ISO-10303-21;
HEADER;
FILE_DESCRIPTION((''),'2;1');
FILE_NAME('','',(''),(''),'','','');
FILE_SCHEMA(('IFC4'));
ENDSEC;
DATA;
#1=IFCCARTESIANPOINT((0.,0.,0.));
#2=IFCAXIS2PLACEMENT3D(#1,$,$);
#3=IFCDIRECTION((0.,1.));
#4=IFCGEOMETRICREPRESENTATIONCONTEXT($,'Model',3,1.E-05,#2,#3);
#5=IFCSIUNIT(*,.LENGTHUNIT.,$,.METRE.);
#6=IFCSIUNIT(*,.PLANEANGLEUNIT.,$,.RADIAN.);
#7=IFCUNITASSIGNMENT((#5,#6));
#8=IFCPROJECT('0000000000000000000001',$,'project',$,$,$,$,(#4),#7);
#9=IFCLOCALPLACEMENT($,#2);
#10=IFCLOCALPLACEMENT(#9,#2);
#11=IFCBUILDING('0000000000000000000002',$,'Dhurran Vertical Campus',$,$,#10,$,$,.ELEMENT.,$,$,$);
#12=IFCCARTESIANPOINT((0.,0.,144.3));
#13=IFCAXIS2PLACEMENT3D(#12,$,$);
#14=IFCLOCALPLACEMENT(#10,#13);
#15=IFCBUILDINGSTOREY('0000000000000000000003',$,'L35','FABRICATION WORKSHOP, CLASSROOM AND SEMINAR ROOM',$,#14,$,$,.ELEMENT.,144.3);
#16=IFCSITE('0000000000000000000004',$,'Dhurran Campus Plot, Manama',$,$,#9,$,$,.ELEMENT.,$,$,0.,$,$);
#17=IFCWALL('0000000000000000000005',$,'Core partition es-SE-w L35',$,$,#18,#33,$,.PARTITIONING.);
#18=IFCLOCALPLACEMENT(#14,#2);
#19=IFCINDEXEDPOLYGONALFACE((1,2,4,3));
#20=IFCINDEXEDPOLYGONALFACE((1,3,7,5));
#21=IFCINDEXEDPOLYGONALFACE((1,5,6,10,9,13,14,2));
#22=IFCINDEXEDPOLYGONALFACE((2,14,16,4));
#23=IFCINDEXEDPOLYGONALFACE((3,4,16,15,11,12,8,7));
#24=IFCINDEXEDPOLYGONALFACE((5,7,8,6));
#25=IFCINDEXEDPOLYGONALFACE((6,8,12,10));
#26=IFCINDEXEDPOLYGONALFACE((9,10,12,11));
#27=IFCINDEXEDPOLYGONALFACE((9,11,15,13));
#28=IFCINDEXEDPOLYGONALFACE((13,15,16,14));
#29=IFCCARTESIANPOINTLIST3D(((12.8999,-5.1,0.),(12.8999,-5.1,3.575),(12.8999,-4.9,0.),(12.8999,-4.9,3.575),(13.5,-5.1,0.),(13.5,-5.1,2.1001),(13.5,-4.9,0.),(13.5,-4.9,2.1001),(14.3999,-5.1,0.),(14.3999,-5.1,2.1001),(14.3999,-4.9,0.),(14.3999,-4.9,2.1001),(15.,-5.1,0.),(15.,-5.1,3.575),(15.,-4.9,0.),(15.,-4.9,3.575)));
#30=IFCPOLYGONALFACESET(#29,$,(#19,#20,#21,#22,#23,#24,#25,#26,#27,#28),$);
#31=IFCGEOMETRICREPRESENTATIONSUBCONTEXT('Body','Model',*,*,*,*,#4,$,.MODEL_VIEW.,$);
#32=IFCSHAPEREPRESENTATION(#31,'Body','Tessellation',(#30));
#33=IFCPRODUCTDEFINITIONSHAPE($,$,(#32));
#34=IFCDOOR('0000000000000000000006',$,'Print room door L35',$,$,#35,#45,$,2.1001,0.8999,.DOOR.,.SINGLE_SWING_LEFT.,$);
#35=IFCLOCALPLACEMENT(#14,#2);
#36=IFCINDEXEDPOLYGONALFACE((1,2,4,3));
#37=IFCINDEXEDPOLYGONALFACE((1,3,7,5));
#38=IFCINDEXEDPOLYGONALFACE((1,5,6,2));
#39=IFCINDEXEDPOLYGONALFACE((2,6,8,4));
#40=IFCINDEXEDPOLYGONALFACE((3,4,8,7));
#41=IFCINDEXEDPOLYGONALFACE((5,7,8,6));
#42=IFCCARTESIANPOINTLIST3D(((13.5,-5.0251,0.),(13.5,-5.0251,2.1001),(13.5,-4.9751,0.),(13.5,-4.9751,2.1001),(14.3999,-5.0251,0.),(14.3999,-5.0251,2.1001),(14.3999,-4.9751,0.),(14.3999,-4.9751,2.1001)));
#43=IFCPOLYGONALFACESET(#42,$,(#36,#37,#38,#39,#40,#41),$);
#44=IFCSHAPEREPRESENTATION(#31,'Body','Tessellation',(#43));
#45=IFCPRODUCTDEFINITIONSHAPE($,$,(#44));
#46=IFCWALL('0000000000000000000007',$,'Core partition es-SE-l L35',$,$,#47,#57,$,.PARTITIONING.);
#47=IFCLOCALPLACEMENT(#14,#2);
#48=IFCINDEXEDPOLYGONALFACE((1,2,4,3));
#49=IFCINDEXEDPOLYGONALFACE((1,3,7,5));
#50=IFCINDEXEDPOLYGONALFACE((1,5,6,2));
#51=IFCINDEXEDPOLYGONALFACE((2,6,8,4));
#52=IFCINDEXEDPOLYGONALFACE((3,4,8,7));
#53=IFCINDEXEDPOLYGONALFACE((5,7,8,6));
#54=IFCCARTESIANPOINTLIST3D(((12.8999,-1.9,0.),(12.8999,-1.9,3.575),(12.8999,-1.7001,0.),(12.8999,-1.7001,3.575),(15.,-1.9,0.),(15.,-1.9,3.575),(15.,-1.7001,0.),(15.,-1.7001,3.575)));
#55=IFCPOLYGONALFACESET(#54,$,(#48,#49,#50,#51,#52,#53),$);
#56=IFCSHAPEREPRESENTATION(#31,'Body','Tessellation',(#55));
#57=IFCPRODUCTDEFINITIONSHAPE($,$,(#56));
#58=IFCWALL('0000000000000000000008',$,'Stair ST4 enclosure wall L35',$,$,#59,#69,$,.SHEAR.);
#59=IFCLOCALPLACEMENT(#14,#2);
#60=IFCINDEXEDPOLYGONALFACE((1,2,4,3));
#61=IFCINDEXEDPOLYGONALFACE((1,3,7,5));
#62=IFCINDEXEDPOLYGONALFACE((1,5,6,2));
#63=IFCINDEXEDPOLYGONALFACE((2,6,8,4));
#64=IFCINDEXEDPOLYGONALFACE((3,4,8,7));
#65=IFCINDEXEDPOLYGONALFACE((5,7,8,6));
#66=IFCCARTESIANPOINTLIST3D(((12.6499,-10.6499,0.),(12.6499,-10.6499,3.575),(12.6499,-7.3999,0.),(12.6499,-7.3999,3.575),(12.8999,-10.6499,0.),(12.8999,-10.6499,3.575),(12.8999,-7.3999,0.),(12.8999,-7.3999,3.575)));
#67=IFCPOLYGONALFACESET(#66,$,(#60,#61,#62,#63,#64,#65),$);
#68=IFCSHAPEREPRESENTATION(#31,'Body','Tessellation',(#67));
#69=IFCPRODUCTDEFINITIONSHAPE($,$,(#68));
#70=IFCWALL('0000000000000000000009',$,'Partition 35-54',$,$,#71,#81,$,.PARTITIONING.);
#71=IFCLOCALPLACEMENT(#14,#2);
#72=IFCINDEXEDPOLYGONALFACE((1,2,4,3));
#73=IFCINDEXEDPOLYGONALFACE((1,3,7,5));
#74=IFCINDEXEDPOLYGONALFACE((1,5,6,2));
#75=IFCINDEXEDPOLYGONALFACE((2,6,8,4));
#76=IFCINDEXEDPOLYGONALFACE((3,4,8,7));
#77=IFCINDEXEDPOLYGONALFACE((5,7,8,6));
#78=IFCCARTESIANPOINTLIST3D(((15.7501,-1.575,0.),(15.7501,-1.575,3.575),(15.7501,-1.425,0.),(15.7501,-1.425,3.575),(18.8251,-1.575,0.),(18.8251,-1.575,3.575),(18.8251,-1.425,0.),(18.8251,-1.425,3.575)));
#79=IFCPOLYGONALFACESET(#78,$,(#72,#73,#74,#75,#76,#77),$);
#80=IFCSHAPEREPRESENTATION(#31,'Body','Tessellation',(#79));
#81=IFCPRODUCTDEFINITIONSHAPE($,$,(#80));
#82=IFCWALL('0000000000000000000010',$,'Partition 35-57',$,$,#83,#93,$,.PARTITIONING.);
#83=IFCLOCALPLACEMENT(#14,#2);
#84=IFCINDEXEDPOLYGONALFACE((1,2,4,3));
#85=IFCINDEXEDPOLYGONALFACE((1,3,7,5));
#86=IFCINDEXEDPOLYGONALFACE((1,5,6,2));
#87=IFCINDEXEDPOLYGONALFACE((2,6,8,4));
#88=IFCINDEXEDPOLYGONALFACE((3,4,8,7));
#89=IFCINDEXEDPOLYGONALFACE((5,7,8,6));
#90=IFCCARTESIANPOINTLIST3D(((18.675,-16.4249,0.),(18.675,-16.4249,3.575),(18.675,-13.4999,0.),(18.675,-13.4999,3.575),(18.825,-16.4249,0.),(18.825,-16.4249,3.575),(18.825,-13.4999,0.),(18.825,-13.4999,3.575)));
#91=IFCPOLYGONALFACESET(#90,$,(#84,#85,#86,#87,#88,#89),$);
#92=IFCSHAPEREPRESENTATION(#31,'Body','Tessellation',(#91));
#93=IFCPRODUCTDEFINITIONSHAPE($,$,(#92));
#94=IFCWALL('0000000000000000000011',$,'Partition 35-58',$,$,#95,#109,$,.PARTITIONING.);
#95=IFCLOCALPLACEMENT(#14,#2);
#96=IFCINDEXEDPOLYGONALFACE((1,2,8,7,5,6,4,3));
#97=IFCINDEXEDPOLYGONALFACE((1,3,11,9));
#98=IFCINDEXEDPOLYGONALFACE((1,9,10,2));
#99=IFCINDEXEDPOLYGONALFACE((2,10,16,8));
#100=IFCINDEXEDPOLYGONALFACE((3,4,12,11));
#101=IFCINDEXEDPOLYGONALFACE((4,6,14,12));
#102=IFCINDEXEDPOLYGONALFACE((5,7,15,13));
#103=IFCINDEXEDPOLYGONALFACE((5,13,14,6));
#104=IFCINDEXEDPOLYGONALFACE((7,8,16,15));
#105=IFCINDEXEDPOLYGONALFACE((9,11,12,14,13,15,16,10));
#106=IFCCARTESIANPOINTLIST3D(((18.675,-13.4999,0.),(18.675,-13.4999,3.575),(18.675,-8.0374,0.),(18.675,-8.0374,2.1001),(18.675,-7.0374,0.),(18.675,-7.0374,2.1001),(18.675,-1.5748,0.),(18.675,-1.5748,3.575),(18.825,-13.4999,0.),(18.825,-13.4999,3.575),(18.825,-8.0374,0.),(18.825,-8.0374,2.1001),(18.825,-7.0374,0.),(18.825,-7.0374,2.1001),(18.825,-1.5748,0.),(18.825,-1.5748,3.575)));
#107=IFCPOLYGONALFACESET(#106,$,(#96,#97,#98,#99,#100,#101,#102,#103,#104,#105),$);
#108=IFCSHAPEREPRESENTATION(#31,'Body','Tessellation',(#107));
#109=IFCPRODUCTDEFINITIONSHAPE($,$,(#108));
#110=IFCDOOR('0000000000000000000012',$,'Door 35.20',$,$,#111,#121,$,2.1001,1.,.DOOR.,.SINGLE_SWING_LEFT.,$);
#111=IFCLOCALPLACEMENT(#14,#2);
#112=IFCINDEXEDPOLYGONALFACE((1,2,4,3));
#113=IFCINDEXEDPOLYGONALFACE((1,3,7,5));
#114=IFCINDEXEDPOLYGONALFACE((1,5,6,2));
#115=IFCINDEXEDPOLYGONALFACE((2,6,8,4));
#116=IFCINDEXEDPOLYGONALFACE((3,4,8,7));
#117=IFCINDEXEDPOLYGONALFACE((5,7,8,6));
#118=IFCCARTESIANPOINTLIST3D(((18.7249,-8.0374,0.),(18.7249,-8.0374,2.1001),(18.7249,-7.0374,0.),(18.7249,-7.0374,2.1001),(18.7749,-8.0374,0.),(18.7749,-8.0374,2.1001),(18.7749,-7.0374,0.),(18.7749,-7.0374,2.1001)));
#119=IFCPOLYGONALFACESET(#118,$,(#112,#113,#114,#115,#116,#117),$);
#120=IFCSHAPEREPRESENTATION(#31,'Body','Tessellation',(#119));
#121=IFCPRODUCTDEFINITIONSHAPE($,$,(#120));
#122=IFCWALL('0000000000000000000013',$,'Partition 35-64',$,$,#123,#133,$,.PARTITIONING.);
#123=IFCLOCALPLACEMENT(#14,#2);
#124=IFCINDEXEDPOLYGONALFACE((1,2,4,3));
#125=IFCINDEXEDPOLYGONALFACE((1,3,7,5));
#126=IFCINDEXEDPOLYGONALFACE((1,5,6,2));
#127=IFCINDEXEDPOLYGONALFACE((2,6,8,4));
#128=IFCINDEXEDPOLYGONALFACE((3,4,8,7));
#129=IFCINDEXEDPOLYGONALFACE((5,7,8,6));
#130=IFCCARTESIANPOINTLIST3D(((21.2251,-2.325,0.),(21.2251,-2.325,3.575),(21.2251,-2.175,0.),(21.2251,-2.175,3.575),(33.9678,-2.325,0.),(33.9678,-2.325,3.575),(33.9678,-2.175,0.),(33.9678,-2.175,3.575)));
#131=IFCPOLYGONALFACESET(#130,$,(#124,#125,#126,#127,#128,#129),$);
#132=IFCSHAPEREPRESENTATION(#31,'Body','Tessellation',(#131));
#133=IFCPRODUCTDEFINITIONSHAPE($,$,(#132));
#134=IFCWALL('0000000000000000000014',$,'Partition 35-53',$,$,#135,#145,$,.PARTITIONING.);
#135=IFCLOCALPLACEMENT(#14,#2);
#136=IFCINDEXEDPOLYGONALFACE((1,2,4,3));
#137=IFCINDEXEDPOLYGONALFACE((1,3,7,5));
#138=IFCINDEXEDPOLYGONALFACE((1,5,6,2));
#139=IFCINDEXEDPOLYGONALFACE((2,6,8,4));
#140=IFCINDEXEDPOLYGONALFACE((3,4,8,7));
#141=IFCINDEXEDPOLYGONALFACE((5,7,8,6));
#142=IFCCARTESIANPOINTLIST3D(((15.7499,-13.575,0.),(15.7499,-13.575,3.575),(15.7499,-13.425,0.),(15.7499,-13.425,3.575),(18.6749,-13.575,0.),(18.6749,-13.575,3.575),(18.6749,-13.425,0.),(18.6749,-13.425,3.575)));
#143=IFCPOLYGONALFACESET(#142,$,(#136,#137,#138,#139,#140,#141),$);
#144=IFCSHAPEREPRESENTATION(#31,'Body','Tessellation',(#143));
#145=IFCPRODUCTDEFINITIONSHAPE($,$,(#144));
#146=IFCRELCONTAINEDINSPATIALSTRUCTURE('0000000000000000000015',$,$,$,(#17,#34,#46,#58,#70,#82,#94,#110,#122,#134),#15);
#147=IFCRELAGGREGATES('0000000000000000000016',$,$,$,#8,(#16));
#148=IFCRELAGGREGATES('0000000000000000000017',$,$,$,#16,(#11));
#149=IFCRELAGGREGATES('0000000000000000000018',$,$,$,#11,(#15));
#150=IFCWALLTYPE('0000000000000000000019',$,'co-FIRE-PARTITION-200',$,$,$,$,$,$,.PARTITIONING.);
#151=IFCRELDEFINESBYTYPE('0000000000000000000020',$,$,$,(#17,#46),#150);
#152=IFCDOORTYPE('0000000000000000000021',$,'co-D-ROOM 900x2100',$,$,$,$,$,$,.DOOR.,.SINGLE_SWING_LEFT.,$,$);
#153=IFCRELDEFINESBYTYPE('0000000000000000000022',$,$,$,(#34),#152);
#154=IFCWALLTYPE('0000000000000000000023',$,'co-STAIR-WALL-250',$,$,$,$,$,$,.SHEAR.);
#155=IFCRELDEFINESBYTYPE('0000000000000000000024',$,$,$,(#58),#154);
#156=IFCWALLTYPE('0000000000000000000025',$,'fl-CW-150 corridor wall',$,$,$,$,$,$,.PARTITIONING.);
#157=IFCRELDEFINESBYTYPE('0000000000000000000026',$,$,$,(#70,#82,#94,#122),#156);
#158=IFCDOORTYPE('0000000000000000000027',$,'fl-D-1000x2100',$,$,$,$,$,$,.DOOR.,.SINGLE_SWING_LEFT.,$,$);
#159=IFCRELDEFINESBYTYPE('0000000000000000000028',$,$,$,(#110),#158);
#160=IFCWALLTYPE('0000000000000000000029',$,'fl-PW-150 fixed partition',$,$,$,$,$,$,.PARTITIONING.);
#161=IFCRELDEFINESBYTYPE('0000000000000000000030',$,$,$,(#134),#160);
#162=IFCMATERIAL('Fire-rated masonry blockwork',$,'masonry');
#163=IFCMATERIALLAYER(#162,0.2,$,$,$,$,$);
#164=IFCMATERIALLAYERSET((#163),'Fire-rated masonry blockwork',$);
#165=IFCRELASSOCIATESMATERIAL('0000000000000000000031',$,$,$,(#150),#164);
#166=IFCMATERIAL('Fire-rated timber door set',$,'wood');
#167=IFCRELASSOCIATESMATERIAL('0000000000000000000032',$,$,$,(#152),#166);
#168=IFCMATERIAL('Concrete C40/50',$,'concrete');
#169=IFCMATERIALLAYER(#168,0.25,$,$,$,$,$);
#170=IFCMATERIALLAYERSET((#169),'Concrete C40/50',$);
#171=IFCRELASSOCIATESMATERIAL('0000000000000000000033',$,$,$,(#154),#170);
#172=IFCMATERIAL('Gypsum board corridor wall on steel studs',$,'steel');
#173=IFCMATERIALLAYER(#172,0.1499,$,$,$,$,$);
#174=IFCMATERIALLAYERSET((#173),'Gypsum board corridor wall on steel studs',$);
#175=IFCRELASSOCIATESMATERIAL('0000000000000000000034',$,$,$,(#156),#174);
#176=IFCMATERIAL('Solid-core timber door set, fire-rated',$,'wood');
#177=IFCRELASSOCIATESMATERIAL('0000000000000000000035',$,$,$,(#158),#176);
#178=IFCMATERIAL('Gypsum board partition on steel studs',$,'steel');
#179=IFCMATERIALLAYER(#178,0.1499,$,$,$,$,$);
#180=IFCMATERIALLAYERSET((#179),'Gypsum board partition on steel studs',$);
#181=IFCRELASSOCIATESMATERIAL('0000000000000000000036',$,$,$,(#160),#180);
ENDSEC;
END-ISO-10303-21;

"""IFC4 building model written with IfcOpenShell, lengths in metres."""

from ifc_helpers import new_model, si_unit, direction, frame, frame_2d, origin, place, context, subcontext, project, spatial, rectangle, extrude, material, layer, layer_set, type_object, element, fill, save


model = new_model("IFC4")

# Units and contexts
model_context = context("Model", 3, precision=1e-05, world=origin(), true_north=direction((0.0, 1.0)))
body_context = subcontext(model_context, "Body", "Model", "MODEL_VIEW")
ifc_project = project(units=[si_unit("LENGTHUNIT", "METRE"), si_unit("PLANEANGLEUNIT", "RADIAN")], contexts=[model_context])

# Site, building, storey
site_placement = place(None, origin())
site = spatial("IfcSite", under=ifc_project, at=site_placement, Name="Dhurran Campus Plot, Manama", CompositionType="ELEMENT", RefElevation=0.0)
building_placement = place(site_placement, origin())
building = spatial("IfcBuilding", under=site, at=building_placement, Name="Dhurran Vertical Campus", CompositionType="ELEMENT")
storey_placement = place(building_placement, frame((0.0, 0.0, 144.3)))
storey = spatial("IfcBuildingStorey", under=building, at=storey_placement, Name="L35", Description="FABRICATION WORKSHOP, CLASSROOM AND SEMINAR ROOM", CompositionType="ELEMENT", Elevation=144.3)

# Shared definitions
ifc_material_1 = material(Name="Fire-rated masonry blockwork", Category="masonry")
ifc_layer_1 = layer(ifc_material_1, 0.2)
ifc_layer_set_1 = layer_set([ifc_layer_1], Name="Fire-rated masonry blockwork")
wall_type_1 = type_object("IfcWallType", Name="co-FIRE-PARTITION-200", PredefinedType="PARTITIONING", material=ifc_layer_set_1)

# Wall, opening, door
ifc_material_2 = material(Name="Fire-rated timber door set", Category="wood")
door_type_1 = type_object("IfcDoorType", Name="co-D-ROOM 900x2100", OperationType="SINGLE_SWING_LEFT", PredefinedType="DOOR", material=ifc_material_2)
wall_1_placement = place(storey_placement, frame((12.8999, -5.0, 0.0), z_axis=(0.0, 0.0, 1.0), x_axis=(1.0, 0.0, 0.0)))
wall_1 = element("IfcWall", 1, at=wall_1_placement, inside=storey, type_object=wall_type_1, Name="Core partition es-SE-w L35", PredefinedType="PARTITIONING", context=body_context, shape_type="SweptSolid", body=[
    extrude(rectangle(XDim=2.1001, YDim=0.2, at=frame_2d((1.05, 0.0))), origin(), (0.0, 0.0, 1.0), 3.575),
])
opening_1_placement = place(wall_1_placement, frame((0.6001, 0.0, 0.0)))
opening_1 = element("IfcOpeningElement", 2, at=opening_1_placement, cuts=wall_1, PredefinedType="OPENING", context=body_context, shape_type="SweptSolid", body=[
    extrude(rectangle(XDim=0.8999, YDim=2.1001, at=frame_2d((0.45, 1.05))), frame((0.0, 0.1099, 0.0), z_axis=(0.0, -1.0, 0.0), x_axis=(1.0, 0.0, 0.0)), (0.0, 0.0, 1.0), 0.22),
])
door_1_placement = place(opening_1_placement, origin())
door_1 = element("IfcDoor", 3, at=door_1_placement, inside=storey, type_object=door_type_1, Name="Print room door L35", OperationType="SINGLE_SWING_LEFT", OverallHeight=2.1001, OverallWidth=0.8999, PredefinedType="DOOR", context=body_context, shape_type="SweptSolid", body=[
    extrude(rectangle(XDim=0.8999, YDim=2.1001, at=frame_2d((0.45, 1.05))), frame((0.0, 0.0249, 0.0), z_axis=(0.0, -1.0, 0.0), x_axis=(1.0, 0.0, 0.0)), (0.0, 0.0, 1.0), 0.05),
])
fill(opening_1, door_1)

# Walls
wall_2_placement = place(storey_placement, frame((12.8999, -1.8, 0.0), z_axis=(0.0, 0.0, 1.0), x_axis=(1.0, 0.0, 0.0)))
element("IfcWall", 4, at=wall_2_placement, inside=storey, type_object=wall_type_1, Name="Core partition es-SE-l L35", PredefinedType="PARTITIONING", context=body_context, shape_type="SweptSolid", body=[
    extrude(rectangle(XDim=2.1001, YDim=0.2, at=frame_2d((1.05, 0.0))), origin(), (0.0, 0.0, 1.0), 3.575),
])
ifc_material_3 = material(Name="Concrete C40/50", Category="concrete")
ifc_layer_2 = layer(ifc_material_3, 0.25)
ifc_layer_set_2 = layer_set([ifc_layer_2], Name="Concrete C40/50")
wall_type_2 = type_object("IfcWallType", Name="co-STAIR-WALL-250", PredefinedType="SHEAR", material=ifc_layer_set_2)
wall_3_placement = place(storey_placement, frame((12.7749, -10.6499, 0.0), z_axis=(0.0, 0.0, 1.0), x_axis=(0.0, 1.0, 0.0)))
element("IfcWall", 5, at=wall_3_placement, inside=storey, type_object=wall_type_2, Name="Stair ST4 enclosure wall L35", PredefinedType="SHEAR", context=body_context, shape_type="SweptSolid", body=[
    extrude(rectangle(XDim=3.25, YDim=0.25, at=frame_2d((1.625, 0.0))), origin(), (0.0, 0.0, 1.0), 3.575),
])
ifc_material_4 = material(Name="Gypsum board corridor wall on steel studs", Category="steel")
ifc_layer_3 = layer(ifc_material_4, 0.1499)
ifc_layer_set_3 = layer_set([ifc_layer_3], Name="Gypsum board corridor wall on steel studs")
wall_type_3 = type_object("IfcWallType", Name="fl-CW-150 corridor wall", PredefinedType="PARTITIONING", material=ifc_layer_set_3)
wall_4_placement = place(storey_placement, frame((15.75, -1.5, 0.0), z_axis=(0.0, 0.0, 1.0), x_axis=(1.0, 0.0, 0.0)))
element("IfcWall", 6, at=wall_4_placement, inside=storey, type_object=wall_type_3, Name="Partition 35-54", PredefinedType="PARTITIONING", context=body_context, shape_type="SweptSolid", body=[
    extrude(rectangle(XDim=3.075, YDim=0.1499, at=frame_2d((1.5376, 0.0))), origin(), (0.0, 0.0, 1.0), 3.575),
])
wall_5_placement = place(storey_placement, frame((18.75, -13.5, 0.0), z_axis=(0.0, 0.0, 1.0), x_axis=(0.0, -1.0, 0.0)))
element("IfcWall", 7, at=wall_5_placement, inside=storey, type_object=wall_type_3, Name="Partition 35-57", PredefinedType="PARTITIONING", context=body_context, shape_type="SweptSolid", body=[
    extrude(rectangle(XDim=2.925, YDim=0.1499, at=frame_2d((1.4624, 0.0))), origin(), (0.0, 0.0, 1.0), 3.575),
])

# Wall, opening, door
wall_6_placement = place(storey_placement, frame((18.75, -1.575, 0.0), z_axis=(0.0, 0.0, 1.0), x_axis=(0.0, -1.0, 0.0)))
wall_6 = element("IfcWall", 8, at=wall_6_placement, inside=storey, type_object=wall_type_3, Name="Partition 35-58", PredefinedType="PARTITIONING", context=body_context, shape_type="SweptSolid", body=[
    extrude(rectangle(XDim=11.925, YDim=0.1499, at=frame_2d((5.9624, 0.0))), origin(), (0.0, 0.0, 1.0), 3.575),
])
opening_2_placement = place(wall_6_placement, frame((5.4624, 0.0, 0.0)))
opening_2 = element("IfcOpeningElement", 9, at=opening_2_placement, cuts=wall_6, PredefinedType="OPENING", context=body_context, shape_type="SweptSolid", body=[
    extrude(rectangle(XDim=1.0, YDim=2.1001, at=frame_2d((0.5, 1.05))), frame((0.0, 0.085, 0.0), z_axis=(0.0, -1.0, 0.0), x_axis=(1.0, 0.0, 0.0)), (0.0, 0.0, 1.0), 0.1699),
])
ifc_material_5 = material(Name="Solid-core timber door set, fire-rated", Category="wood")
door_type_2 = type_object("IfcDoorType", Name="fl-D-1000x2100", OperationType="SINGLE_SWING_LEFT", PredefinedType="DOOR", material=ifc_material_5)
door_2_placement = place(opening_2_placement, origin())
door_2 = element("IfcDoor", 10, at=door_2_placement, inside=storey, type_object=door_type_2, Name="Door 35.20", OperationType="SINGLE_SWING_LEFT", OverallHeight=2.1001, OverallWidth=1.0, PredefinedType="DOOR", context=body_context, shape_type="SweptSolid", body=[
    extrude(rectangle(XDim=1.0, YDim=2.1001, at=frame_2d((0.5, 1.05))), frame((0.0, 0.0249, 0.0), z_axis=(0.0, -1.0, 0.0), x_axis=(1.0, 0.0, 0.0)), (0.0, 0.0, 1.0), 0.05),
])
fill(opening_2, door_2)

# Walls
wall_7_placement = place(storey_placement, frame((33.9678, -2.25, 0.0), z_axis=(0.0, 0.0, 1.0), x_axis=(-1.0, 0.0, 0.0)))
element("IfcWall", 11, at=wall_7_placement, inside=storey, type_object=wall_type_3, Name="Partition 35-64", PredefinedType="PARTITIONING", context=body_context, shape_type="SweptSolid", body=[
    extrude(rectangle(XDim=12.7427, YDim=0.1499, at=frame_2d((6.3713, 0.0))), origin(), (0.0, 0.0, 1.0), 3.575),
])
ifc_material_6 = material(Name="Gypsum board partition on steel studs", Category="steel")
ifc_layer_4 = layer(ifc_material_6, 0.1499)
ifc_layer_set_4 = layer_set([ifc_layer_4], Name="Gypsum board partition on steel studs")
wall_type_4 = type_object("IfcWallType", Name="fl-PW-150 fixed partition", PredefinedType="PARTITIONING", material=ifc_layer_set_4)
wall_8_placement = place(storey_placement, frame((15.75, -13.5, 0.0), z_axis=(0.0, 0.0, 1.0), x_axis=(1.0, 0.0, 0.0)))
element("IfcWall", 12, at=wall_8_placement, inside=storey, type_object=wall_type_4, Name="Partition 35-53", PredefinedType="PARTITIONING", context=body_context, shape_type="SweptSolid", body=[
    extrude(rectangle(XDim=2.925, YDim=0.1499, at=frame_2d((1.4624, 0.0))), origin(), (0.0, 0.0, 1.0), 3.575),
])

save(model, "model.ifc")
